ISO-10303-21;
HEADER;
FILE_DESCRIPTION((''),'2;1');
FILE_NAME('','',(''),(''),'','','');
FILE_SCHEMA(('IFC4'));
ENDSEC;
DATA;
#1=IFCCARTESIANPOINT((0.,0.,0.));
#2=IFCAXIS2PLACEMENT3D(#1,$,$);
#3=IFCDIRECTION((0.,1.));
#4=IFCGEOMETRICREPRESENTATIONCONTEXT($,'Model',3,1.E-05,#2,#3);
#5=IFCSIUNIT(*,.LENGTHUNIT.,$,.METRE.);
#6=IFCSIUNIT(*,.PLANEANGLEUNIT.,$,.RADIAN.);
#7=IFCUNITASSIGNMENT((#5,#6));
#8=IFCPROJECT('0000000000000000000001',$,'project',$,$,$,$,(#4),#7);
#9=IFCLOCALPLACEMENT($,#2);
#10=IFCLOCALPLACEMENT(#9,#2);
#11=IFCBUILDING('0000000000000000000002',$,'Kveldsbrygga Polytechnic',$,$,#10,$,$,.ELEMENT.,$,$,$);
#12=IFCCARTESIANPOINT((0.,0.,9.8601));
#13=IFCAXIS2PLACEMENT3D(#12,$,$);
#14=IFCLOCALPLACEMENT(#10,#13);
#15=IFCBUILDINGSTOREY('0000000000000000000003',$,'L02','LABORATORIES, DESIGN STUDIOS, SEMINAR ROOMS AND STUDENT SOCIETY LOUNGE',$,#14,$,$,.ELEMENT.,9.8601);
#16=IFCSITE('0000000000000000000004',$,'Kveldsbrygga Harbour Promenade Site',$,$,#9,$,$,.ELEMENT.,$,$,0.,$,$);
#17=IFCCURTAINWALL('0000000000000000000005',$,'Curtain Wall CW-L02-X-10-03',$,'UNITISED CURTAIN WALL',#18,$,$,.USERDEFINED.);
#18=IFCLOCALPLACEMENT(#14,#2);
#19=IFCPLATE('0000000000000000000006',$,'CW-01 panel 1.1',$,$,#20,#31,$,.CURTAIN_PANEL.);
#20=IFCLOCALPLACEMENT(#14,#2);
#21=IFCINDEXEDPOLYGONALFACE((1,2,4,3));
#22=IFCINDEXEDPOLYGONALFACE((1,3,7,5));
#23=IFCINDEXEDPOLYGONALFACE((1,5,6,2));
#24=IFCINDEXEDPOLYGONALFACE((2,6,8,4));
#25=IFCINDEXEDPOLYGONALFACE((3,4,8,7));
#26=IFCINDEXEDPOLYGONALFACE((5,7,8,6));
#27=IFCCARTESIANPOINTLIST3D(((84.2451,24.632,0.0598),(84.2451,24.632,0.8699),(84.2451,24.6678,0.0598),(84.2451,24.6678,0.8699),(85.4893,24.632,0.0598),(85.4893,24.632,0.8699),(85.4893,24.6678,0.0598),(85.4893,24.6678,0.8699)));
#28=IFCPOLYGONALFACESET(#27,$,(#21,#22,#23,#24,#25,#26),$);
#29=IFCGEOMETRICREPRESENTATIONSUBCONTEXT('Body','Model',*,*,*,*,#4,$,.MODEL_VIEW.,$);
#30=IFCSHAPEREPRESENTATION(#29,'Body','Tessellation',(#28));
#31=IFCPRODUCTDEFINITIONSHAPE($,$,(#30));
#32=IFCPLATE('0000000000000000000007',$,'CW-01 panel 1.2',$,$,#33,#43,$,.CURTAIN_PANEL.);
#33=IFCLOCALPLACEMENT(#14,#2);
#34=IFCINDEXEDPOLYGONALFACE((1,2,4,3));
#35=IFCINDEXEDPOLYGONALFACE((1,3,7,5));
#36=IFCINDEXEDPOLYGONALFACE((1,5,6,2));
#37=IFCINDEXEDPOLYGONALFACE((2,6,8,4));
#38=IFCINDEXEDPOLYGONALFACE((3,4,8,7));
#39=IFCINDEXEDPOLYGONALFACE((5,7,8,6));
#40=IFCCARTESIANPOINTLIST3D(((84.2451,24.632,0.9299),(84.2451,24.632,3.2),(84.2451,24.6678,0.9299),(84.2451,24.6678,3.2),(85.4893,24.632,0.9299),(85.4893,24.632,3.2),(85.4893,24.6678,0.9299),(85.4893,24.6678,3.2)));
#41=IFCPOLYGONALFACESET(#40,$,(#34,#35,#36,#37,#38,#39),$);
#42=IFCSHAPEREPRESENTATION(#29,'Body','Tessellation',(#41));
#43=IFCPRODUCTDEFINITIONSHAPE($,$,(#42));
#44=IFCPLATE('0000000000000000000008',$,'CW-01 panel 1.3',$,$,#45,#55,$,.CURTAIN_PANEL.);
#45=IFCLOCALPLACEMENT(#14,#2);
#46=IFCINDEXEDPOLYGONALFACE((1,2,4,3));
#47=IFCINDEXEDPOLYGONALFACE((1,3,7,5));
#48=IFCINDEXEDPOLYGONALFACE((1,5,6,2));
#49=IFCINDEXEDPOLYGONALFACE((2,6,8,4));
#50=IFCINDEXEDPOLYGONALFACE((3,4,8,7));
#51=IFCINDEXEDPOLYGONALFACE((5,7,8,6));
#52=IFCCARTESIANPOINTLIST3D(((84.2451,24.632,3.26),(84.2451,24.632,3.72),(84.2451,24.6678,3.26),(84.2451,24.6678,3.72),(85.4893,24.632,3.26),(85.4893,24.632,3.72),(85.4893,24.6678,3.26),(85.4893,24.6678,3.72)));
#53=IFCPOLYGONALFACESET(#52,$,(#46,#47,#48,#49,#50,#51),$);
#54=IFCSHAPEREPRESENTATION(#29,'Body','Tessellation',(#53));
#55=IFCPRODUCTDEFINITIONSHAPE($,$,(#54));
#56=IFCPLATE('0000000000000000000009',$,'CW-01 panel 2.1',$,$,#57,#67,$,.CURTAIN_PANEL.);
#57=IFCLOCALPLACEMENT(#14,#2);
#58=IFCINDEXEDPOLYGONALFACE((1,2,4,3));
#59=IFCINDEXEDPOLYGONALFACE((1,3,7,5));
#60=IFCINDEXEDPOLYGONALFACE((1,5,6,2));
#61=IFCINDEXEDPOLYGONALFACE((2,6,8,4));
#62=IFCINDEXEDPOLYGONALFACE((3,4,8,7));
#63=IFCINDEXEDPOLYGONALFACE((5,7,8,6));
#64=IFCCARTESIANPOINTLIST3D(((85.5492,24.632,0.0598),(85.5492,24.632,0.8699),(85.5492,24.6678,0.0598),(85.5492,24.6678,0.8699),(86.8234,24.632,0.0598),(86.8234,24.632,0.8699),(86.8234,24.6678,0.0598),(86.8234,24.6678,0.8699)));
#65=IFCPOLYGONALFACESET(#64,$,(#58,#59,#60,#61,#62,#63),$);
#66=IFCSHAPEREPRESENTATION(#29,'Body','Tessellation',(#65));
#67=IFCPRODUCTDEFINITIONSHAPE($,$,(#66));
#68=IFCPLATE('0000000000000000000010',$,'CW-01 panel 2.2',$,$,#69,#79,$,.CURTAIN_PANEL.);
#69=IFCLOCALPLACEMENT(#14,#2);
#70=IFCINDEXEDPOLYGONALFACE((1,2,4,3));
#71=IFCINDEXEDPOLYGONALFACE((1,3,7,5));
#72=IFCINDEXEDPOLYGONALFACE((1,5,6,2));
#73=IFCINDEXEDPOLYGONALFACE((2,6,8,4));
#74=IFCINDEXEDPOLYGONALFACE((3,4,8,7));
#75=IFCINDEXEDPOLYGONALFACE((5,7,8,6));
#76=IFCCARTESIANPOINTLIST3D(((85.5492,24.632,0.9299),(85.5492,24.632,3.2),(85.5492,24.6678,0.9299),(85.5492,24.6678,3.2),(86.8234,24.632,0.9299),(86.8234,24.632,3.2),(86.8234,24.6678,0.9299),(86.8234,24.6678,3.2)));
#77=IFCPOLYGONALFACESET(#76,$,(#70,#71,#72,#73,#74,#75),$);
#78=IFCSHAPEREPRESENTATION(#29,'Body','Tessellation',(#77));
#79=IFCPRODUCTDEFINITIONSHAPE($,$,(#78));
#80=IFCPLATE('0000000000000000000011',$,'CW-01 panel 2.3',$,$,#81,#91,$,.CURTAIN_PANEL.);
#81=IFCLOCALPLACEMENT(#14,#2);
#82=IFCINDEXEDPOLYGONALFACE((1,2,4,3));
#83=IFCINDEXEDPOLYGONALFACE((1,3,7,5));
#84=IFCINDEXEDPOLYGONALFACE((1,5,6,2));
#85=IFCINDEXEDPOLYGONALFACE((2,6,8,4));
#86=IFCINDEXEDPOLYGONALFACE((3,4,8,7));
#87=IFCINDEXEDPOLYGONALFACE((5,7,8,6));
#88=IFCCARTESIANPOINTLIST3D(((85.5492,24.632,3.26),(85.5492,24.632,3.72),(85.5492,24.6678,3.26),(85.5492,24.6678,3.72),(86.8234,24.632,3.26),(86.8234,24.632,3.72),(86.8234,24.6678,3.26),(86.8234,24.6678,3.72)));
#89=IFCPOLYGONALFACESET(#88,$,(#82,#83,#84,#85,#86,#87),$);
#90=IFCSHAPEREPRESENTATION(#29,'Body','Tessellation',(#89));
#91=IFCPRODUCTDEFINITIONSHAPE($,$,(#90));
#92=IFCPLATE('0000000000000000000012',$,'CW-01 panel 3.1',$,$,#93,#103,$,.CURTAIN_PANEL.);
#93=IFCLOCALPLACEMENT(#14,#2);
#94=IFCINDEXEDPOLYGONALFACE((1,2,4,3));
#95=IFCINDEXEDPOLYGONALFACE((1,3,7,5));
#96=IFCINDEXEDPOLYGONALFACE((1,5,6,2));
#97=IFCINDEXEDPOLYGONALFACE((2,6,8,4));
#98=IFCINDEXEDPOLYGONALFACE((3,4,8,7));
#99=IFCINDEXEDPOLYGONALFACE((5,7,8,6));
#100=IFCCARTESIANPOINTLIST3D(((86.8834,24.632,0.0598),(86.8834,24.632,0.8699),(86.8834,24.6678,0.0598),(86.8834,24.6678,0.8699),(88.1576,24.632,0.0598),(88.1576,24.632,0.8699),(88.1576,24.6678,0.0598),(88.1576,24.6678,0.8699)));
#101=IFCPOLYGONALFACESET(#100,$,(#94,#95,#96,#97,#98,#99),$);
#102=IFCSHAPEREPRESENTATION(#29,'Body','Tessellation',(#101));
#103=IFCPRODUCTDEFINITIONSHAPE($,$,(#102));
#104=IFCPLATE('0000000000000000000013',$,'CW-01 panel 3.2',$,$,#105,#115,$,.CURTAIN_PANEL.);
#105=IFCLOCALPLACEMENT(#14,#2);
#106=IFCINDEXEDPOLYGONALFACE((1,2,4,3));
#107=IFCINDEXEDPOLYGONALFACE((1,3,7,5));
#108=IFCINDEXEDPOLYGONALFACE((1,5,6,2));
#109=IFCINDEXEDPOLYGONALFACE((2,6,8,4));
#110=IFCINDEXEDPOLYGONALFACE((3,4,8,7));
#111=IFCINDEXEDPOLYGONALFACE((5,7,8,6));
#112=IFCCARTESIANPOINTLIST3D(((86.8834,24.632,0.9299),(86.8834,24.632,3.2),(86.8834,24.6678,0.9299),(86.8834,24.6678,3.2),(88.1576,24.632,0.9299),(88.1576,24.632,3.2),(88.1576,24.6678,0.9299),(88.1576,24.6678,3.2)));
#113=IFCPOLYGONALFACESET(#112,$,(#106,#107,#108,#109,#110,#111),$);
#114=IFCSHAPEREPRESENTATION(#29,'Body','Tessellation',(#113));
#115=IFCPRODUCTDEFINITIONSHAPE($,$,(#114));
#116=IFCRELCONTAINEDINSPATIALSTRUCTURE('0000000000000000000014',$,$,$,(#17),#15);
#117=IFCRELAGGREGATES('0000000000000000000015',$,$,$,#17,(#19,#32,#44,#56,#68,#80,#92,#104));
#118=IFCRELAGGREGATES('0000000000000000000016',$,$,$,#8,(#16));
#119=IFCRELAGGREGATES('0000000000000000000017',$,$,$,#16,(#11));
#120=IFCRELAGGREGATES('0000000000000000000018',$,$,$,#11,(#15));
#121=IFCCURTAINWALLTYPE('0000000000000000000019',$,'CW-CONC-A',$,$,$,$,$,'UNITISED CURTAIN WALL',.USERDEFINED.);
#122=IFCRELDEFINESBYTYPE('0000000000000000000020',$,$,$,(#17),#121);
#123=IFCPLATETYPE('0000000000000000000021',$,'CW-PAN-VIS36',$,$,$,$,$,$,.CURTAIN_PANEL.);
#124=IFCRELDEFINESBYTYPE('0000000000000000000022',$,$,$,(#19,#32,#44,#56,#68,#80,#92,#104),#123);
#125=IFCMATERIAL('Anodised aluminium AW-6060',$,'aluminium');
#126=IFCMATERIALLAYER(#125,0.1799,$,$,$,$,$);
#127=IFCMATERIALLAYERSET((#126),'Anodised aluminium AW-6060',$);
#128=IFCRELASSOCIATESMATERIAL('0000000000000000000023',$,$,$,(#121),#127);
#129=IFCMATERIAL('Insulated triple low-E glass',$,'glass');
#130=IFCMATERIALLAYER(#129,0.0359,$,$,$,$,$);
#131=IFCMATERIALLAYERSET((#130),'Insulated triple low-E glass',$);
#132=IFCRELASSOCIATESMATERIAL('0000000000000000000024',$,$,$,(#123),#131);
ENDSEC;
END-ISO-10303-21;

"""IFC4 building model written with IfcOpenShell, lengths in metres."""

from ifc_helpers import new_model, si_unit, direction, frame, origin, origin_2d, place, context, subcontext, project, spatial, rectangle, extrude, material, layer, layer_set, type_object, element, aggregate, save


model = new_model("IFC4")

# Units and contexts
model_context = context("Model", 3, precision=1e-05, world=origin(), true_north=direction((0.0, 1.0)))
body_context = subcontext(model_context, "Body", "Model", "MODEL_VIEW")
ifc_project = project(units=[si_unit("LENGTHUNIT", "METRE"), si_unit("PLANEANGLEUNIT", "RADIAN")], contexts=[model_context])

# Site, building, storey
site_placement = place(None, origin())
site = spatial("IfcSite", under=ifc_project, at=site_placement, Name="Kveldsbrygga Harbour Promenade Site", CompositionType="ELEMENT", RefElevation=0.0)
building_placement = place(site_placement, origin())
building = spatial("IfcBuilding", under=site, at=building_placement, Name="Kveldsbrygga Polytechnic", CompositionType="ELEMENT")
storey_placement = place(building_placement, frame((0.0, 0.0, 9.8601)))
storey = spatial("IfcBuildingStorey", under=building, at=storey_placement, Name="L02", Description="LABORATORIES, DESIGN STUDIOS, SEMINAR ROOMS AND STUDENT SOCIETY LOUNGE", CompositionType="ELEMENT", Elevation=9.8601)

# Curtain wall, plates
ifc_material_1 = material(Name="Anodised aluminium AW-6060", Category="aluminium")
ifc_layer_1 = layer(ifc_material_1, 0.1799)
ifc_layer_set_1 = layer_set([ifc_layer_1], Name="Anodised aluminium AW-6060")
curtain_wall_type = type_object("IfcCurtainWallType", Name="CW-CONC-A", ElementType="UNITISED CURTAIN WALL", PredefinedType="USERDEFINED", material=ifc_layer_set_1)
curtain_wall_placement = place(storey_placement, origin())
curtain_wall = element("IfcCurtainWall", 1, at=curtain_wall_placement, inside=storey, type_object=curtain_wall_type, Name="Curtain Wall CW-L02-X-10-03", ObjectType="UNITISED CURTAIN WALL", PredefinedType="USERDEFINED")
ifc_material_2 = material(Name="Insulated triple low-E glass", Category="glass")
ifc_layer_2 = layer(ifc_material_2, 0.0359)
ifc_layer_set_2 = layer_set([ifc_layer_2], Name="Insulated triple low-E glass")
plate_type = type_object("IfcPlateType", Name="CW-PAN-VIS36", PredefinedType="CURTAIN_PANEL", material=ifc_layer_set_2)
plate_1_placement = place(storey_placement, frame((84.8672, 24.6499, 0.0598), z_axis=(0.0, 0.0, 1.0), x_axis=(1.0, 0.0, 0.0)))
plate_1 = element("IfcPlate", 2, at=plate_1_placement, type_object=plate_type, Name="CW-01 panel 1.1", PredefinedType="CURTAIN_PANEL", context=body_context, shape_type="SweptSolid", body=[
    extrude(rectangle(XDim=1.2441, YDim=0.0359, at=origin_2d()), origin(), (0.0, 0.0, 1.0), 0.8101),
])
plate_2_placement = place(storey_placement, frame((84.8672, 24.6499, 0.9299), z_axis=(0.0, 0.0, 1.0), x_axis=(1.0, 0.0, 0.0)))
plate_2 = element("IfcPlate", 3, at=plate_2_placement, type_object=plate_type, Name="CW-01 panel 1.2", PredefinedType="CURTAIN_PANEL", context=body_context, shape_type="SweptSolid", body=[
    extrude(rectangle(XDim=1.2441, YDim=0.0359, at=origin_2d()), origin(), (0.0, 0.0, 1.0), 2.27),
])
plate_3_placement = place(storey_placement, frame((84.8672, 24.6499, 3.26), z_axis=(0.0, 0.0, 1.0), x_axis=(1.0, 0.0, 0.0)))
plate_3 = element("IfcPlate", 4, at=plate_3_placement, type_object=plate_type, Name="CW-01 panel 1.3", PredefinedType="CURTAIN_PANEL", context=body_context, shape_type="SweptSolid", body=[
    extrude(rectangle(XDim=1.2441, YDim=0.0359, at=origin_2d()), origin(), (0.0, 0.0, 1.0), 0.46),
])
plate_4_placement = place(storey_placement, frame((86.1863, 24.6499, 0.0598), z_axis=(0.0, 0.0, 1.0), x_axis=(1.0, 0.0, 0.0)))
plate_4 = element("IfcPlate", 5, at=plate_4_placement, type_object=plate_type, Name="CW-01 panel 2.1", PredefinedType="CURTAIN_PANEL", context=body_context, shape_type="SweptSolid", body=[
    extrude(rectangle(XDim=1.2742, YDim=0.0359, at=origin_2d()), origin(), (0.0, 0.0, 1.0), 0.8101),
])
plate_5_placement = place(storey_placement, frame((86.1863, 24.6499, 0.9299), z_axis=(0.0, 0.0, 1.0), x_axis=(1.0, 0.0, 0.0)))
plate_5 = element("IfcPlate", 6, at=plate_5_placement, type_object=plate_type, Name="CW-01 panel 2.2", PredefinedType="CURTAIN_PANEL", context=body_context, shape_type="SweptSolid", body=[
    extrude(rectangle(XDim=1.2742, YDim=0.0359, at=origin_2d()), origin(), (0.0, 0.0, 1.0), 2.27),
])
plate_6_placement = place(storey_placement, frame((86.1863, 24.6499, 3.26), z_axis=(0.0, 0.0, 1.0), x_axis=(1.0, 0.0, 0.0)))
plate_6 = element("IfcPlate", 7, at=plate_6_placement, type_object=plate_type, Name="CW-01 panel 2.3", PredefinedType="CURTAIN_PANEL", context=body_context, shape_type="SweptSolid", body=[
    extrude(rectangle(XDim=1.2742, YDim=0.0359, at=origin_2d()), origin(), (0.0, 0.0, 1.0), 0.46),
])
plate_7_placement = place(storey_placement, frame((87.5205, 24.6499, 0.0598), z_axis=(0.0, 0.0, 1.0), x_axis=(1.0, 0.0, 0.0)))
plate_7 = element("IfcPlate", 8, at=plate_7_placement, type_object=plate_type, Name="CW-01 panel 3.1", PredefinedType="CURTAIN_PANEL", context=body_context, shape_type="SweptSolid", body=[
    extrude(rectangle(XDim=1.2742, YDim=0.0359, at=origin_2d()), origin(), (0.0, 0.0, 1.0), 0.8101),
])
plate_8_placement = place(storey_placement, frame((87.5205, 24.6499, 0.9299), z_axis=(0.0, 0.0, 1.0), x_axis=(1.0, 0.0, 0.0)))
plate_8 = element("IfcPlate", 9, at=plate_8_placement, type_object=plate_type, Name="CW-01 panel 3.2", PredefinedType="CURTAIN_PANEL", context=body_context, shape_type="SweptSolid", body=[
    extrude(rectangle(XDim=1.2742, YDim=0.0359, at=origin_2d()), origin(), (0.0, 0.0, 1.0), 2.27),
])
aggregate(curtain_wall, [plate_1, plate_2, plate_3, plate_4, plate_5, plate_6, plate_7, plate_8])

save(model, "model.ifc")
